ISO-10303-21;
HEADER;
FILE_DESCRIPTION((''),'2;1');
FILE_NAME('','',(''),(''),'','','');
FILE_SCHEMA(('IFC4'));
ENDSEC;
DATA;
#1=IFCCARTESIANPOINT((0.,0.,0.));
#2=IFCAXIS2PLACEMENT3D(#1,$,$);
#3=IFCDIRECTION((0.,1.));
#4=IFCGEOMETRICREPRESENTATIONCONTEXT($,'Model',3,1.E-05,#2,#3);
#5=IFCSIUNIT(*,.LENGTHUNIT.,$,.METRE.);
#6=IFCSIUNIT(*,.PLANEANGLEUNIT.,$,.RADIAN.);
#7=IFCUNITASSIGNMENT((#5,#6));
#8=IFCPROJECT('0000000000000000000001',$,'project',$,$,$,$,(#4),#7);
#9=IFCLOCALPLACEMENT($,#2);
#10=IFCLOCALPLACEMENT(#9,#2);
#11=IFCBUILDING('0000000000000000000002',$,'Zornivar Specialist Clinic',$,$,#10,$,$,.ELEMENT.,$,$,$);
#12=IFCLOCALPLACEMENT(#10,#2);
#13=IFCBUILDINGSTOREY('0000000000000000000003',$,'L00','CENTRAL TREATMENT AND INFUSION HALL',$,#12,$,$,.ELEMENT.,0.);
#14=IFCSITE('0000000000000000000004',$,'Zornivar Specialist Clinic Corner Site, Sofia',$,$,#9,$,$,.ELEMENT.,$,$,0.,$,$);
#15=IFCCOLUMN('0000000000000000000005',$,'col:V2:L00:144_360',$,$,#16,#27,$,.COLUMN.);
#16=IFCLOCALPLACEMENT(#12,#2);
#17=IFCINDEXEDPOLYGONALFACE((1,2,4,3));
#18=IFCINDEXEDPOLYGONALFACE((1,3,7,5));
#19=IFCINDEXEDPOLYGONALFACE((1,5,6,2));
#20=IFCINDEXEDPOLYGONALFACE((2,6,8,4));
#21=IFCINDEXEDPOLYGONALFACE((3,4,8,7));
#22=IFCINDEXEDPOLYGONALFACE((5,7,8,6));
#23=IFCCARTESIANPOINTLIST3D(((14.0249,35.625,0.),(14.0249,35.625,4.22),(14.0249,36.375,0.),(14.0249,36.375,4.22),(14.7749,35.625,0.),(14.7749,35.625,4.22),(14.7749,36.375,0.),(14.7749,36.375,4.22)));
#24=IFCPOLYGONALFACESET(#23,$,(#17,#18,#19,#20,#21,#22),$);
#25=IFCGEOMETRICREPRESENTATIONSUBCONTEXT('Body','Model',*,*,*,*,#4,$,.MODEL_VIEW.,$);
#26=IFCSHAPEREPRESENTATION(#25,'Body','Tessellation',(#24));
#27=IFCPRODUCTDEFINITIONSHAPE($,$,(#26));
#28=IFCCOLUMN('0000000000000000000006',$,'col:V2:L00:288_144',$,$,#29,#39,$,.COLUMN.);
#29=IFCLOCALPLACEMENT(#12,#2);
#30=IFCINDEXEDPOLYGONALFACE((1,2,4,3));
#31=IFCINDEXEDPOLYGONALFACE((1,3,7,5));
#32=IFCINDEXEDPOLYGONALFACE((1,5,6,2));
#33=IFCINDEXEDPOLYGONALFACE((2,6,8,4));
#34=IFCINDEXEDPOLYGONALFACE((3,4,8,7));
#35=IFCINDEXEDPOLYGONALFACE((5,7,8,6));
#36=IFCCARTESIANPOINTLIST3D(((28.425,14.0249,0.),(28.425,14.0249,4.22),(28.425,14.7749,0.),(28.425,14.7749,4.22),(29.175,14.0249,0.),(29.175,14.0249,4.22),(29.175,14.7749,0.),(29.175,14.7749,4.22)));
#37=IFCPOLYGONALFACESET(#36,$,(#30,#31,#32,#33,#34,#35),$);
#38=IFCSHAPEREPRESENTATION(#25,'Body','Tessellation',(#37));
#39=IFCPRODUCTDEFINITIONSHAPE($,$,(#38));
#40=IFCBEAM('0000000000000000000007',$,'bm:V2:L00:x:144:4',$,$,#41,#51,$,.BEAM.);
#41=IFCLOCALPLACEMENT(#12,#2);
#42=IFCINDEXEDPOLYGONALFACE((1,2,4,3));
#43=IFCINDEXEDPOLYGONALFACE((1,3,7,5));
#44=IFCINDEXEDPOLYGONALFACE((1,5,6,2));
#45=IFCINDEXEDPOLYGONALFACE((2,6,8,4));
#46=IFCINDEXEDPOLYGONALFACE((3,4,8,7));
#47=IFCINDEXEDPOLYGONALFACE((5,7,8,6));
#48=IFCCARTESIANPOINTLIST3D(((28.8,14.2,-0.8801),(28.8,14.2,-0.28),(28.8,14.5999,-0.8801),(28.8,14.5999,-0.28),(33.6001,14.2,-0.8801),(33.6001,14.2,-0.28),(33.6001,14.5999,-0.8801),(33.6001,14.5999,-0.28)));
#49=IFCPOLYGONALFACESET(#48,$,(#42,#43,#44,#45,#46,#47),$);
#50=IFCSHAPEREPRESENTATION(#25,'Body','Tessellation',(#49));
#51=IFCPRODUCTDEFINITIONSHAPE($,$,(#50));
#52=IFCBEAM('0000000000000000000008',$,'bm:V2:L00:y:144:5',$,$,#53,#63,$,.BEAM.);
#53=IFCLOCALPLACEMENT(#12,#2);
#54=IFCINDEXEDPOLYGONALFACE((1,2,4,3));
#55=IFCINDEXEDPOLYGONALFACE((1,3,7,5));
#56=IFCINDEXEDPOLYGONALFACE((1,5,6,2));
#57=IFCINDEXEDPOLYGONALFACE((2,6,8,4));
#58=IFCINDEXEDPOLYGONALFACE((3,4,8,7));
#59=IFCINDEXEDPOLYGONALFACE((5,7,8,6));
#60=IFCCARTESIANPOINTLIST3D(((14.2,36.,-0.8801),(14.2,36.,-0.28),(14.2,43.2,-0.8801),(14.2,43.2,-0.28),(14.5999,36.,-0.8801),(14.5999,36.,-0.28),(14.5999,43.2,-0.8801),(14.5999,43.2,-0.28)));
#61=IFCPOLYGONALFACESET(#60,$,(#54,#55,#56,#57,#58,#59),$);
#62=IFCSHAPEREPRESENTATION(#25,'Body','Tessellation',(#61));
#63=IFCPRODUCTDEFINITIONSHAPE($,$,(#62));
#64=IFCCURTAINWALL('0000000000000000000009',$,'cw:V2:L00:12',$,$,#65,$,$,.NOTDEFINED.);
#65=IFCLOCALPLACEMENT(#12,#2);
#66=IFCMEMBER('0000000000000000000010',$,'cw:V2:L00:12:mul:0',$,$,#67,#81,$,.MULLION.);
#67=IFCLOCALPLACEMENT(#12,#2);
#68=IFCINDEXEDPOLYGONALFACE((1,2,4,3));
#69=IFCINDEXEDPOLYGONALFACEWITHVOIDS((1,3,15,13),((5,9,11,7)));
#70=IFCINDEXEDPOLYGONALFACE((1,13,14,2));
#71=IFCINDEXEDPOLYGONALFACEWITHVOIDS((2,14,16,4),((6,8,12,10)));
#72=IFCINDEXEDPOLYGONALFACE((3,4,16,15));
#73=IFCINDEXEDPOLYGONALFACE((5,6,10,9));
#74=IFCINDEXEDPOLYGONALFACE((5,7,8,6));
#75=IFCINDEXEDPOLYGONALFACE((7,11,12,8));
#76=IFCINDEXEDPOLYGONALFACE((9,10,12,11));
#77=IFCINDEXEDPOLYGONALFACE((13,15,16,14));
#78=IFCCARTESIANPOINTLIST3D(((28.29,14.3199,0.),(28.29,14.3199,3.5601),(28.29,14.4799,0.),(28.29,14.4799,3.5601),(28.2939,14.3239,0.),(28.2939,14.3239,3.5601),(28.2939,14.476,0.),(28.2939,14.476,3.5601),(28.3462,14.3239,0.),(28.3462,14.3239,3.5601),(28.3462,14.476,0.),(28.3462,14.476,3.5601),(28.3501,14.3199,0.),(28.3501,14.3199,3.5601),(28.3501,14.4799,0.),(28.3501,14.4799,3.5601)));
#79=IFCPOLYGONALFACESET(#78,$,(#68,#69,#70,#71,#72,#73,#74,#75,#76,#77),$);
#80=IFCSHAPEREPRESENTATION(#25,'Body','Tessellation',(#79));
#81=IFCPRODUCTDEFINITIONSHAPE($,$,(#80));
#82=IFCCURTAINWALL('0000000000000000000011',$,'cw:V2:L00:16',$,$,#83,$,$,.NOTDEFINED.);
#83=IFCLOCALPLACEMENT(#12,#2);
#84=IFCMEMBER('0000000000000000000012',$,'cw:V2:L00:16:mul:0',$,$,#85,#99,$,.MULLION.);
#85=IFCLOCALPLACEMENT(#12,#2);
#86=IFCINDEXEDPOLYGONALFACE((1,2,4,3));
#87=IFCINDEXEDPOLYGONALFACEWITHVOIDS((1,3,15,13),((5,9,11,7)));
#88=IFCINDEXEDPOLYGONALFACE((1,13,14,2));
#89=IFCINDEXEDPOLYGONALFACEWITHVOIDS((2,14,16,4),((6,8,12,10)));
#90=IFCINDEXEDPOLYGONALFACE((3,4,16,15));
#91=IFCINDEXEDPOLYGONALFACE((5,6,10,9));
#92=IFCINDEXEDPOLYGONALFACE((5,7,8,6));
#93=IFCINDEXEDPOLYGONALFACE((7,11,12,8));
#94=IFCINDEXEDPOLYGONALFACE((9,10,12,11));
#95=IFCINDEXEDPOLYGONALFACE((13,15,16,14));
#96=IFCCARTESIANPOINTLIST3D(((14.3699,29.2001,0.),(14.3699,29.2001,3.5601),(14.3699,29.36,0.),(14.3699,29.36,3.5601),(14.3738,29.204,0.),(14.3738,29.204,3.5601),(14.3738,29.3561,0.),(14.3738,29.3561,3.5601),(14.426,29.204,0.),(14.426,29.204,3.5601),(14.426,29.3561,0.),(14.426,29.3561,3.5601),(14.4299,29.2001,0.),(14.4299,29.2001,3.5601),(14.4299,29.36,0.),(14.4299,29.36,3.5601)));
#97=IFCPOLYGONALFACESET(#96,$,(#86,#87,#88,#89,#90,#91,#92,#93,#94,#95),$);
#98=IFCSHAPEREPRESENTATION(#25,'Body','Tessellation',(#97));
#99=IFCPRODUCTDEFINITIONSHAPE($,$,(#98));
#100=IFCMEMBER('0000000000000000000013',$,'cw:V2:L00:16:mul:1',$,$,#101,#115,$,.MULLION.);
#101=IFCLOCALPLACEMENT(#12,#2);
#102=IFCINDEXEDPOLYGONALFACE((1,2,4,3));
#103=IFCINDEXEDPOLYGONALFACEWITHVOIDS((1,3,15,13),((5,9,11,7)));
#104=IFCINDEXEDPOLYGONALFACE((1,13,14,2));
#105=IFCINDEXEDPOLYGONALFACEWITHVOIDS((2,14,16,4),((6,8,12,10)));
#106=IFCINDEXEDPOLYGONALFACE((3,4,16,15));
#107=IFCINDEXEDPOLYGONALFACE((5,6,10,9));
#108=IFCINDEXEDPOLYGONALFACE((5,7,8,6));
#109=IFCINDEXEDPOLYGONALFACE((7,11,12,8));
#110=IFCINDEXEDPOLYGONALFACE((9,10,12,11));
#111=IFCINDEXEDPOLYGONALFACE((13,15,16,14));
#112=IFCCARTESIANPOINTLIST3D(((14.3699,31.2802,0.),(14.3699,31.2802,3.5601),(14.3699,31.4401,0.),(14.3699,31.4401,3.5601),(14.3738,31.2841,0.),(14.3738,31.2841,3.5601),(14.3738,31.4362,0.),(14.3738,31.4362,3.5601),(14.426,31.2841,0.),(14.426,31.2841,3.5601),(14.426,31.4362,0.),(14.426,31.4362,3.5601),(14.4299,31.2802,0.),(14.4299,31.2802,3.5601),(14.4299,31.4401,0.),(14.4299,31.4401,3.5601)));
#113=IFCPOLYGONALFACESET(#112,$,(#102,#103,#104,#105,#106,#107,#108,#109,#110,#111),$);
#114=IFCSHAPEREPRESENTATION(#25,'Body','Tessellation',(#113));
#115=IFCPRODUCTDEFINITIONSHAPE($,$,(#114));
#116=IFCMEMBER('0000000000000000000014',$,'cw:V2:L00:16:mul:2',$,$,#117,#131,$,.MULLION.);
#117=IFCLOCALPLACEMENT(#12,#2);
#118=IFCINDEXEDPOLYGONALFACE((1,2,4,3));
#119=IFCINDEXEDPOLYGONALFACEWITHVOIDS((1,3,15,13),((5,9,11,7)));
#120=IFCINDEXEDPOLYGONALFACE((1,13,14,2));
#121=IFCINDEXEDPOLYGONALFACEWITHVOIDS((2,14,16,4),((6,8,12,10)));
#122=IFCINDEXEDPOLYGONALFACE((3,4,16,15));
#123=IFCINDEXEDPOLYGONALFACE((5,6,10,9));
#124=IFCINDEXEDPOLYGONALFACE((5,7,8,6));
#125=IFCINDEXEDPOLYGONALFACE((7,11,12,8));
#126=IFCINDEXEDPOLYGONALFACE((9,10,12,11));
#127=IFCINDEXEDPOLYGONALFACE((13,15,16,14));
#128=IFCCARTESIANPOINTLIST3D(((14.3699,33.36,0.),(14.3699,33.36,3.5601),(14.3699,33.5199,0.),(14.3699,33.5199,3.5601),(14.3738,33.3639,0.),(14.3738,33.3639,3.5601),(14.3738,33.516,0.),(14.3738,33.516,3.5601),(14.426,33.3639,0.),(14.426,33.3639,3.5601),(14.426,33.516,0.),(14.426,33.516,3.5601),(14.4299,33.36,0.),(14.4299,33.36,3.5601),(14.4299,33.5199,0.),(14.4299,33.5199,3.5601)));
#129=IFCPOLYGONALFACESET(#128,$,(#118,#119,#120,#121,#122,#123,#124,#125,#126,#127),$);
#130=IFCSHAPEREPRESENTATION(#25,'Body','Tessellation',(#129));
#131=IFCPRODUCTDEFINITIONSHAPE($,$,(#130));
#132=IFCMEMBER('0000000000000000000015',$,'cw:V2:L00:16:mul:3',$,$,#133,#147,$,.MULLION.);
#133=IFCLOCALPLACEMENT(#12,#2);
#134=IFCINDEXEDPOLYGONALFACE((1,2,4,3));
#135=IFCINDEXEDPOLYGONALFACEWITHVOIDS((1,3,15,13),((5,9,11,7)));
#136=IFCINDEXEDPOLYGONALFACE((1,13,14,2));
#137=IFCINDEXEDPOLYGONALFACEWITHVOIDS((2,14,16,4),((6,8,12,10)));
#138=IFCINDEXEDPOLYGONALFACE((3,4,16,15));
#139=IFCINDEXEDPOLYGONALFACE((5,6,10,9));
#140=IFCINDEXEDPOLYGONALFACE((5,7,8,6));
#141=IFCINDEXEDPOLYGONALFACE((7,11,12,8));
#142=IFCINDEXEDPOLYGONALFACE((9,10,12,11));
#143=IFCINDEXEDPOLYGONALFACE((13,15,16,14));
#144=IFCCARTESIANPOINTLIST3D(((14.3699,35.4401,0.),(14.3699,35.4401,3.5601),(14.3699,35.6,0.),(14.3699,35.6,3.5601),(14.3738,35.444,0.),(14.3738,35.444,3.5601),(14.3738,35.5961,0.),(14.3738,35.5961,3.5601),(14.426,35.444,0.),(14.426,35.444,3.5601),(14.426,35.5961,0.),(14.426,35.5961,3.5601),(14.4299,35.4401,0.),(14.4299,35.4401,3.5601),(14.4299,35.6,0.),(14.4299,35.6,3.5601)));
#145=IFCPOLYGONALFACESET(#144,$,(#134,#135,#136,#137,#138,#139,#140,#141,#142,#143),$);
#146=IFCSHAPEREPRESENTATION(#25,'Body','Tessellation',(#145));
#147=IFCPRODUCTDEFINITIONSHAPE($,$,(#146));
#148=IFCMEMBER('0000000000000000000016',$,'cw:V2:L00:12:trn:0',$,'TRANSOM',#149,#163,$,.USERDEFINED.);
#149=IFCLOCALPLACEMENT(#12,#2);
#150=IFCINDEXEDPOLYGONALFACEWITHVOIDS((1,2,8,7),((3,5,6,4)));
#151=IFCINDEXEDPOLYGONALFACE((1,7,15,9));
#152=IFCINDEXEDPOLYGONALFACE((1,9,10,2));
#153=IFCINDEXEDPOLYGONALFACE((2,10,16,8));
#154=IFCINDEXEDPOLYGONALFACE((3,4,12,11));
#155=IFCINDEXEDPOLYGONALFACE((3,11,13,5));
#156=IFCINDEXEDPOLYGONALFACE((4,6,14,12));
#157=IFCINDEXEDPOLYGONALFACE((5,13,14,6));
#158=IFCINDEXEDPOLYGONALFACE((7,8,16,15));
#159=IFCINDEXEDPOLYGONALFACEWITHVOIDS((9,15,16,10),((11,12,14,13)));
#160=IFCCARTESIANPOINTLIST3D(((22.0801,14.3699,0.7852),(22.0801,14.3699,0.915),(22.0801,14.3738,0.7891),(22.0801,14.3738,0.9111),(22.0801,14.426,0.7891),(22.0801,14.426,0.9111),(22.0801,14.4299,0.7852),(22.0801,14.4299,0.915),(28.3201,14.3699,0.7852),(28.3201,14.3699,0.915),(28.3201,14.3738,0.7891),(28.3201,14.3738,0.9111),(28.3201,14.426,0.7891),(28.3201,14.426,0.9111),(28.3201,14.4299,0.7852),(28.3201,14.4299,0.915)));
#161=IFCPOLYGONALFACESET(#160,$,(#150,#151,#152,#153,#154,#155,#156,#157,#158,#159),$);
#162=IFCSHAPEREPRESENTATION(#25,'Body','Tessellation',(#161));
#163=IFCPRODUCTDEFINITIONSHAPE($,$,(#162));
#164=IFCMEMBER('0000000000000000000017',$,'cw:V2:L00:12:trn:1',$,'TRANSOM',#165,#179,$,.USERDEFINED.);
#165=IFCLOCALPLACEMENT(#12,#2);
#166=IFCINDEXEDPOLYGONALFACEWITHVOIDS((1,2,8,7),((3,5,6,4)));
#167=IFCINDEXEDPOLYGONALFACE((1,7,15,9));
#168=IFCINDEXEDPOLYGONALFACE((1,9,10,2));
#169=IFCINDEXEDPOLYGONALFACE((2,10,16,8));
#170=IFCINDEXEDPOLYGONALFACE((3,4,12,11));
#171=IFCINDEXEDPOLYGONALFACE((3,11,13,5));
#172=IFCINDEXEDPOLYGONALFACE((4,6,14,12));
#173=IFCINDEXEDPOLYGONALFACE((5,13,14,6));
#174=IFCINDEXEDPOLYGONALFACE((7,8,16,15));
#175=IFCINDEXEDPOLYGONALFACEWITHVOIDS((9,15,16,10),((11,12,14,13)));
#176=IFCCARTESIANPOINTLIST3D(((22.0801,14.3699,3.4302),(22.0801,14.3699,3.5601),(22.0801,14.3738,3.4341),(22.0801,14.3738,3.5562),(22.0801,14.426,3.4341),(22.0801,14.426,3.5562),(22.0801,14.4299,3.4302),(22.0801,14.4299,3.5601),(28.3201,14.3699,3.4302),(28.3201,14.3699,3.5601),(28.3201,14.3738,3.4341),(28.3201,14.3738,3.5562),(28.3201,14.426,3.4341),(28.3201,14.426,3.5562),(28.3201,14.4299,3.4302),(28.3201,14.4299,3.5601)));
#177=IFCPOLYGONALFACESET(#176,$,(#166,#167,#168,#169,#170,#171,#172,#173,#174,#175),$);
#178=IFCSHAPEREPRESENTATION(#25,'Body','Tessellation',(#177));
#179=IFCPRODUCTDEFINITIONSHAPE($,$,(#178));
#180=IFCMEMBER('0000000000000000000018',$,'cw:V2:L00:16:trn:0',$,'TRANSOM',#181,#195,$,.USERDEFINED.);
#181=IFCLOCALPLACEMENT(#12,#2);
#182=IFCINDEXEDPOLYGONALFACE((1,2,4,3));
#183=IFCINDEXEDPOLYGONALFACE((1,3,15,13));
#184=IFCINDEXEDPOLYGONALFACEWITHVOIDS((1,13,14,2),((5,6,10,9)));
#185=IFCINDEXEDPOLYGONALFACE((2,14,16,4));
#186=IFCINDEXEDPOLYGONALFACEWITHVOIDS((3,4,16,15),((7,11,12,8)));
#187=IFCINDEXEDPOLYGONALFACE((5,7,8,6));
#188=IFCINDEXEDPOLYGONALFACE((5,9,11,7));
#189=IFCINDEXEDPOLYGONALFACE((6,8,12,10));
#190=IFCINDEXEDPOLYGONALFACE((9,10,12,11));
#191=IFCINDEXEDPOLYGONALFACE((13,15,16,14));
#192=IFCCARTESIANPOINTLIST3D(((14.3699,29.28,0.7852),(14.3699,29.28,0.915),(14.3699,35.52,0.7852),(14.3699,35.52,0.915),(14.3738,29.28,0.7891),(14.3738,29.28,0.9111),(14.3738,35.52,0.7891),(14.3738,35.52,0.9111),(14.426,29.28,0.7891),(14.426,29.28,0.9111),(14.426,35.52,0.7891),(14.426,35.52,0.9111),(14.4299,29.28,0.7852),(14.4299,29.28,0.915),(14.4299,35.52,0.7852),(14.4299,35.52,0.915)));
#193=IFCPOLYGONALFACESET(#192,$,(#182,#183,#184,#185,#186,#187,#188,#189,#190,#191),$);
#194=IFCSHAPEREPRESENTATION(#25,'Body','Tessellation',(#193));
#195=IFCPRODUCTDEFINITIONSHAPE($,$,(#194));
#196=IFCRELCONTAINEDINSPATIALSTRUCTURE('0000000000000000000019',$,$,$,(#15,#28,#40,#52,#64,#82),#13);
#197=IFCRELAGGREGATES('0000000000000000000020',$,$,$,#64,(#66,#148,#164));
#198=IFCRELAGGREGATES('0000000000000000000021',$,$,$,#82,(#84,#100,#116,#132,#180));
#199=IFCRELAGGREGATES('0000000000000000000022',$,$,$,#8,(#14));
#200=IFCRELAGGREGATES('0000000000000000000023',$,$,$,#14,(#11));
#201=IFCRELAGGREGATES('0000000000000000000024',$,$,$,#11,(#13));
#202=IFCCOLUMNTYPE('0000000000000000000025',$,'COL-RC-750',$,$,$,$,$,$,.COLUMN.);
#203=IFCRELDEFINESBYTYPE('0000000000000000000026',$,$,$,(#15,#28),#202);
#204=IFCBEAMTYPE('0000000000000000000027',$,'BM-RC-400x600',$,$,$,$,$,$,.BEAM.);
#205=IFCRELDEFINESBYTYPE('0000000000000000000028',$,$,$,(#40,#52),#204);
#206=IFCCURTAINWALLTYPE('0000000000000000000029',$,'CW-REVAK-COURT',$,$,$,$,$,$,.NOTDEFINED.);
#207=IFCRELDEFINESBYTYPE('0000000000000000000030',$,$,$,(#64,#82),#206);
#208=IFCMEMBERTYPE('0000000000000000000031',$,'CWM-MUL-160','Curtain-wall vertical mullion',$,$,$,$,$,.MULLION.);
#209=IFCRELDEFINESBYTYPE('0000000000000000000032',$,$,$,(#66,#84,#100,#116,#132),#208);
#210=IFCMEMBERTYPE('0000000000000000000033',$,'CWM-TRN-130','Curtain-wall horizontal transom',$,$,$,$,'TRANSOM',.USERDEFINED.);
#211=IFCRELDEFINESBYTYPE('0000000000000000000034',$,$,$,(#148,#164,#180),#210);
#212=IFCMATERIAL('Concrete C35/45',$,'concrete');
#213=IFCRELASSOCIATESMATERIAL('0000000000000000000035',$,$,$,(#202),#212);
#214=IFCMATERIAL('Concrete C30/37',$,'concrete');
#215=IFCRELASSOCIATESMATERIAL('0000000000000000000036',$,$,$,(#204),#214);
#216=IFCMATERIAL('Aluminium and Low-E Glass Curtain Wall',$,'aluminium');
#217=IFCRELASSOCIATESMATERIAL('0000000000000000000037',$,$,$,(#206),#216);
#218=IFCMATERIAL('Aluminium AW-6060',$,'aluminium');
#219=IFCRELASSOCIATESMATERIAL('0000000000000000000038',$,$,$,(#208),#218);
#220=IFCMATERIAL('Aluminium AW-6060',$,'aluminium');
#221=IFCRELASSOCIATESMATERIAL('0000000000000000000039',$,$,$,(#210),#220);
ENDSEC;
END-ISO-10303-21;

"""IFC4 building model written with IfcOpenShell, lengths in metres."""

from ifc_helpers import new_model, si_unit, direction, frame, origin, origin_2d, place, context, subcontext, project, spatial, rectangle, hollow_rectangle, extrude, material, material_profile, profile_set, type_object, element, aggregate, save


model = new_model("IFC4")

# Units and contexts
model_context = context("Model", 3, precision=1e-05, world=origin(), true_north=direction((0.0, 1.0)))
body_context = subcontext(model_context, "Body", "Model", "MODEL_VIEW")
ifc_project = project(units=[si_unit("LENGTHUNIT", "METRE"), si_unit("PLANEANGLEUNIT", "RADIAN")], contexts=[model_context])

# Site, building, storey
site_placement = place(None, origin())
site = spatial("IfcSite", under=ifc_project, at=site_placement, Name="Zornivar Specialist Clinic Corner Site, Sofia", CompositionType="ELEMENT", RefElevation=0.0)
building_placement = place(site_placement, origin())
building = spatial("IfcBuilding", under=site, at=building_placement, Name="Zornivar Specialist Clinic", CompositionType="ELEMENT")
storey_placement = place(building_placement, origin())
storey = spatial("IfcBuildingStorey", under=building, at=storey_placement, Name="L00", Description="CENTRAL TREATMENT AND INFUSION HALL", CompositionType="ELEMENT", Elevation=0.0)

# Columns
ifc_material_1 = material(Name="Concrete C35/45", Category="concrete")
ifc_material_profile_1 = material_profile(ifc_material_1, rectangle(XDim=0.75, YDim=0.75, at=origin_2d()), Name="RC 750x750")
ifc_profile_set_1 = profile_set([ifc_material_profile_1], Name="Concrete C35/45")
column_type = type_object("IfcColumnType", Name="COL-RC-750", PredefinedType="COLUMN", material=ifc_profile_set_1)
for number, where, z_axis, x_axis, name in (
    (1, (14.3999, 36.0, 0.0), (0.0, 0.0, 1.0), (1.0, 0.0, 0.0), "col:V2:L00:144_360"),
    (2, (28.8, 14.3999, 0.0), (0.0, 0.0, 1.0), (1.0, 0.0, 0.0), "col:V2:L00:288_144"),
):
    element("IfcColumn", number, at=place(storey_placement, frame(where, z_axis=z_axis, x_axis=x_axis)), inside=storey, type_object=column_type, Name=name, PredefinedType="COLUMN", context=body_context, shape_type="SweptSolid", body=[
        extrude(rectangle(XDim=0.75, YDim=0.75, at=origin_2d()), origin(), (0.0, 0.0, 1.0), 4.22),
    ])

# Beams
ifc_material_2 = material(Name="Concrete C30/37", Category="concrete")
ifc_material_profile_2 = material_profile(ifc_material_2, rectangle(XDim=0.3999, YDim=0.6001, at=origin_2d()), Name="RC 400x600")
ifc_profile_set_2 = profile_set([ifc_material_profile_2], Name="Concrete C30/37")
beam_type = type_object("IfcBeamType", Name="BM-RC-400x600", PredefinedType="BEAM", material=ifc_profile_set_2)
beam_1_placement = place(storey_placement, frame((28.8, 14.3999, -0.5801), z_axis=(1.0, 0.0, 0.0), x_axis=(0.0, 1.0, 0.0)))
element("IfcBeam", 3, at=beam_1_placement, inside=storey, type_object=beam_type, Name="bm:V2:L00:x:144:4", PredefinedType="BEAM", context=body_context, shape_type="SweptSolid", body=[
    extrude(rectangle(XDim=0.3999, YDim=0.6001, at=origin_2d()), origin(), (0.0, 0.0, 1.0), 4.8),
])
beam_2_placement = place(storey_placement, frame((14.3999, 36.0, -0.5801), z_axis=(0.0, 1.0, 0.0), x_axis=(-1.0, 0.0, 0.0)))
element("IfcBeam", 4, at=beam_2_placement, inside=storey, type_object=beam_type, Name="bm:V2:L00:y:144:5", PredefinedType="BEAM", context=body_context, shape_type="SweptSolid", body=[
    extrude(rectangle(XDim=0.3999, YDim=0.6001, at=origin_2d()), origin(), (0.0, 0.0, 1.0), 7.2),
])

# Curtain wall, member
ifc_material_3 = material(Name="Aluminium and Low-E Glass Curtain Wall", Category="aluminium")
curtain_wall_type = type_object("IfcCurtainWallType", Name="CW-REVAK-COURT", PredefinedType="NOTDEFINED", material=ifc_material_3)
curtain_wall_1_placement = place(storey_placement, origin())
curtain_wall_1 = element("IfcCurtainWall", 5, at=curtain_wall_1_placement, inside=storey, type_object=curtain_wall_type, Name="cw:V2:L00:12", PredefinedType="NOTDEFINED")
ifc_material_4 = material(Name="Aluminium AW-6060", Category="aluminium")
ifc_material_profile_3 = material_profile(ifc_material_4, hollow_rectangle(XDim=0.0601, YDim=0.1599, WallThickness=0.0039, at=origin_2d()), Name="ALU 60x160x4")
ifc_profile_set_3 = profile_set([ifc_material_profile_3], Name="Aluminium AW-6060")
member_type_1 = type_object("IfcMemberType", Name="CWM-MUL-160", Description="Curtain-wall vertical mullion", PredefinedType="MULLION", material=ifc_profile_set_3)
member_1_placement = place(storey_placement, frame((28.3201, 14.3999, 0.0), z_axis=(0.0, 0.0, 1.0), x_axis=(1.0, 0.0, 0.0)))
member_1 = element("IfcMember", 6, at=member_1_placement, type_object=member_type_1, Name="cw:V2:L00:12:mul:0", PredefinedType="MULLION", context=body_context, shape_type="SweptSolid", body=[
    extrude(hollow_rectangle(XDim=0.0601, YDim=0.1599, WallThickness=0.0039, at=origin_2d()), origin(), (0.0, 0.0, 1.0), 3.5601),
])

# Curtain wall, members
curtain_wall_2_placement = place(storey_placement, origin())
curtain_wall_2 = element("IfcCurtainWall", 7, at=curtain_wall_2_placement, inside=storey, type_object=curtain_wall_type, Name="cw:V2:L00:16", PredefinedType="NOTDEFINED")
member_2_placement = place(storey_placement, frame((14.3999, 29.28, 0.0), z_axis=(0.0, 0.0, 1.0), x_axis=(1.0, 0.0, 0.0)))
member_2 = element("IfcMember", 8, at=member_2_placement, type_object=member_type_1, Name="cw:V2:L00:16:mul:0", PredefinedType="MULLION", context=body_context, shape_type="SweptSolid", body=[
    extrude(hollow_rectangle(XDim=0.0601, YDim=0.1599, WallThickness=0.0039, at=origin_2d()), origin(), (0.0, 0.0, 1.0), 3.5601),
])
member_3_placement = place(storey_placement, frame((14.3999, 31.3601, 0.0), z_axis=(0.0, 0.0, 1.0), x_axis=(1.0, 0.0, 0.0)))
member_3 = element("IfcMember", 9, at=member_3_placement, type_object=member_type_1, Name="cw:V2:L00:16:mul:1", PredefinedType="MULLION", context=body_context, shape_type="SweptSolid", body=[
    extrude(hollow_rectangle(XDim=0.0601, YDim=0.1599, WallThickness=0.0039, at=origin_2d()), origin(), (0.0, 0.0, 1.0), 3.5601),
])
member_4_placement = place(storey_placement, frame((14.3999, 33.4399, 0.0), z_axis=(0.0, 0.0, 1.0), x_axis=(1.0, 0.0, 0.0)))
member_4 = element("IfcMember", 10, at=member_4_placement, type_object=member_type_1, Name="cw:V2:L00:16:mul:2", PredefinedType="MULLION", context=body_context, shape_type="SweptSolid", body=[
    extrude(hollow_rectangle(XDim=0.0601, YDim=0.1599, WallThickness=0.0039, at=origin_2d()), origin(), (0.0, 0.0, 1.0), 3.5601),
])
member_5_placement = place(storey_placement, frame((14.3999, 35.52, 0.0), z_axis=(0.0, 0.0, 1.0), x_axis=(1.0, 0.0, 0.0)))
member_5 = element("IfcMember", 11, at=member_5_placement, type_object=member_type_1, Name="cw:V2:L00:16:mul:3", PredefinedType="MULLION", context=body_context, shape_type="SweptSolid", body=[
    extrude(hollow_rectangle(XDim=0.0601, YDim=0.1599, WallThickness=0.0039, at=origin_2d()), origin(), (0.0, 0.0, 1.0), 3.5601),
])

# Members
ifc_material_5 = material(Name="Aluminium AW-6060", Category="aluminium")
ifc_material_profile_4 = material_profile(ifc_material_5, hollow_rectangle(XDim=0.0601, YDim=0.1299, WallThickness=0.0039, at=origin_2d()), Name="ALU 60x130x4")
ifc_profile_set_4 = profile_set([ifc_material_profile_4], Name="Aluminium AW-6060")
member_type_2 = type_object("IfcMemberType", Name="CWM-TRN-130", Description="Curtain-wall horizontal transom", ElementType="TRANSOM", PredefinedType="USERDEFINED", material=ifc_profile_set_4)
member_6_placement = place(storey_placement, frame((28.3201, 14.3999, 0.8501), z_axis=(-1.0, 0.0, 0.0), x_axis=(0.0, -1.0, 0.0)))
member_6 = element("IfcMember", 12, at=member_6_placement, type_object=member_type_2, Name="cw:V2:L00:12:trn:0", ObjectType="TRANSOM", PredefinedType="USERDEFINED", context=body_context, shape_type="SweptSolid", body=[
    extrude(hollow_rectangle(XDim=0.0601, YDim=0.1299, WallThickness=0.0039, at=origin_2d()), origin(), (0.0, 0.0, 1.0), 6.24),
])
member_7_placement = place(storey_placement, frame((28.3201, 14.3999, 3.4951), z_axis=(-1.0, 0.0, 0.0), x_axis=(0.0, -1.0, 0.0)))
member_7 = element("IfcMember", 13, at=member_7_placement, type_object=member_type_2, Name="cw:V2:L00:12:trn:1", ObjectType="TRANSOM", PredefinedType="USERDEFINED", context=body_context, shape_type="SweptSolid", body=[
    extrude(hollow_rectangle(XDim=0.0601, YDim=0.1299, WallThickness=0.0039, at=origin_2d()), origin(), (0.0, 0.0, 1.0), 6.24),
])
aggregate(curtain_wall_1, [member_1, member_6, member_7])
member_8_placement = place(storey_placement, frame((14.3999, 29.28, 0.8501), z_axis=(0.0, 1.0, 0.0), x_axis=(-1.0, 0.0, 0.0)))
member_8 = element("IfcMember", 14, at=member_8_placement, type_object=member_type_2, Name="cw:V2:L00:16:trn:0", ObjectType="TRANSOM", PredefinedType="USERDEFINED", context=body_context, shape_type="SweptSolid", body=[
    extrude(hollow_rectangle(XDim=0.0601, YDim=0.1299, WallThickness=0.0039, at=origin_2d()), origin(), (0.0, 0.0, 1.0), 6.24),
])

aggregate(curtain_wall_2, [member_2, member_3, member_4, member_5, member_8])

save(model, "model.ifc")
